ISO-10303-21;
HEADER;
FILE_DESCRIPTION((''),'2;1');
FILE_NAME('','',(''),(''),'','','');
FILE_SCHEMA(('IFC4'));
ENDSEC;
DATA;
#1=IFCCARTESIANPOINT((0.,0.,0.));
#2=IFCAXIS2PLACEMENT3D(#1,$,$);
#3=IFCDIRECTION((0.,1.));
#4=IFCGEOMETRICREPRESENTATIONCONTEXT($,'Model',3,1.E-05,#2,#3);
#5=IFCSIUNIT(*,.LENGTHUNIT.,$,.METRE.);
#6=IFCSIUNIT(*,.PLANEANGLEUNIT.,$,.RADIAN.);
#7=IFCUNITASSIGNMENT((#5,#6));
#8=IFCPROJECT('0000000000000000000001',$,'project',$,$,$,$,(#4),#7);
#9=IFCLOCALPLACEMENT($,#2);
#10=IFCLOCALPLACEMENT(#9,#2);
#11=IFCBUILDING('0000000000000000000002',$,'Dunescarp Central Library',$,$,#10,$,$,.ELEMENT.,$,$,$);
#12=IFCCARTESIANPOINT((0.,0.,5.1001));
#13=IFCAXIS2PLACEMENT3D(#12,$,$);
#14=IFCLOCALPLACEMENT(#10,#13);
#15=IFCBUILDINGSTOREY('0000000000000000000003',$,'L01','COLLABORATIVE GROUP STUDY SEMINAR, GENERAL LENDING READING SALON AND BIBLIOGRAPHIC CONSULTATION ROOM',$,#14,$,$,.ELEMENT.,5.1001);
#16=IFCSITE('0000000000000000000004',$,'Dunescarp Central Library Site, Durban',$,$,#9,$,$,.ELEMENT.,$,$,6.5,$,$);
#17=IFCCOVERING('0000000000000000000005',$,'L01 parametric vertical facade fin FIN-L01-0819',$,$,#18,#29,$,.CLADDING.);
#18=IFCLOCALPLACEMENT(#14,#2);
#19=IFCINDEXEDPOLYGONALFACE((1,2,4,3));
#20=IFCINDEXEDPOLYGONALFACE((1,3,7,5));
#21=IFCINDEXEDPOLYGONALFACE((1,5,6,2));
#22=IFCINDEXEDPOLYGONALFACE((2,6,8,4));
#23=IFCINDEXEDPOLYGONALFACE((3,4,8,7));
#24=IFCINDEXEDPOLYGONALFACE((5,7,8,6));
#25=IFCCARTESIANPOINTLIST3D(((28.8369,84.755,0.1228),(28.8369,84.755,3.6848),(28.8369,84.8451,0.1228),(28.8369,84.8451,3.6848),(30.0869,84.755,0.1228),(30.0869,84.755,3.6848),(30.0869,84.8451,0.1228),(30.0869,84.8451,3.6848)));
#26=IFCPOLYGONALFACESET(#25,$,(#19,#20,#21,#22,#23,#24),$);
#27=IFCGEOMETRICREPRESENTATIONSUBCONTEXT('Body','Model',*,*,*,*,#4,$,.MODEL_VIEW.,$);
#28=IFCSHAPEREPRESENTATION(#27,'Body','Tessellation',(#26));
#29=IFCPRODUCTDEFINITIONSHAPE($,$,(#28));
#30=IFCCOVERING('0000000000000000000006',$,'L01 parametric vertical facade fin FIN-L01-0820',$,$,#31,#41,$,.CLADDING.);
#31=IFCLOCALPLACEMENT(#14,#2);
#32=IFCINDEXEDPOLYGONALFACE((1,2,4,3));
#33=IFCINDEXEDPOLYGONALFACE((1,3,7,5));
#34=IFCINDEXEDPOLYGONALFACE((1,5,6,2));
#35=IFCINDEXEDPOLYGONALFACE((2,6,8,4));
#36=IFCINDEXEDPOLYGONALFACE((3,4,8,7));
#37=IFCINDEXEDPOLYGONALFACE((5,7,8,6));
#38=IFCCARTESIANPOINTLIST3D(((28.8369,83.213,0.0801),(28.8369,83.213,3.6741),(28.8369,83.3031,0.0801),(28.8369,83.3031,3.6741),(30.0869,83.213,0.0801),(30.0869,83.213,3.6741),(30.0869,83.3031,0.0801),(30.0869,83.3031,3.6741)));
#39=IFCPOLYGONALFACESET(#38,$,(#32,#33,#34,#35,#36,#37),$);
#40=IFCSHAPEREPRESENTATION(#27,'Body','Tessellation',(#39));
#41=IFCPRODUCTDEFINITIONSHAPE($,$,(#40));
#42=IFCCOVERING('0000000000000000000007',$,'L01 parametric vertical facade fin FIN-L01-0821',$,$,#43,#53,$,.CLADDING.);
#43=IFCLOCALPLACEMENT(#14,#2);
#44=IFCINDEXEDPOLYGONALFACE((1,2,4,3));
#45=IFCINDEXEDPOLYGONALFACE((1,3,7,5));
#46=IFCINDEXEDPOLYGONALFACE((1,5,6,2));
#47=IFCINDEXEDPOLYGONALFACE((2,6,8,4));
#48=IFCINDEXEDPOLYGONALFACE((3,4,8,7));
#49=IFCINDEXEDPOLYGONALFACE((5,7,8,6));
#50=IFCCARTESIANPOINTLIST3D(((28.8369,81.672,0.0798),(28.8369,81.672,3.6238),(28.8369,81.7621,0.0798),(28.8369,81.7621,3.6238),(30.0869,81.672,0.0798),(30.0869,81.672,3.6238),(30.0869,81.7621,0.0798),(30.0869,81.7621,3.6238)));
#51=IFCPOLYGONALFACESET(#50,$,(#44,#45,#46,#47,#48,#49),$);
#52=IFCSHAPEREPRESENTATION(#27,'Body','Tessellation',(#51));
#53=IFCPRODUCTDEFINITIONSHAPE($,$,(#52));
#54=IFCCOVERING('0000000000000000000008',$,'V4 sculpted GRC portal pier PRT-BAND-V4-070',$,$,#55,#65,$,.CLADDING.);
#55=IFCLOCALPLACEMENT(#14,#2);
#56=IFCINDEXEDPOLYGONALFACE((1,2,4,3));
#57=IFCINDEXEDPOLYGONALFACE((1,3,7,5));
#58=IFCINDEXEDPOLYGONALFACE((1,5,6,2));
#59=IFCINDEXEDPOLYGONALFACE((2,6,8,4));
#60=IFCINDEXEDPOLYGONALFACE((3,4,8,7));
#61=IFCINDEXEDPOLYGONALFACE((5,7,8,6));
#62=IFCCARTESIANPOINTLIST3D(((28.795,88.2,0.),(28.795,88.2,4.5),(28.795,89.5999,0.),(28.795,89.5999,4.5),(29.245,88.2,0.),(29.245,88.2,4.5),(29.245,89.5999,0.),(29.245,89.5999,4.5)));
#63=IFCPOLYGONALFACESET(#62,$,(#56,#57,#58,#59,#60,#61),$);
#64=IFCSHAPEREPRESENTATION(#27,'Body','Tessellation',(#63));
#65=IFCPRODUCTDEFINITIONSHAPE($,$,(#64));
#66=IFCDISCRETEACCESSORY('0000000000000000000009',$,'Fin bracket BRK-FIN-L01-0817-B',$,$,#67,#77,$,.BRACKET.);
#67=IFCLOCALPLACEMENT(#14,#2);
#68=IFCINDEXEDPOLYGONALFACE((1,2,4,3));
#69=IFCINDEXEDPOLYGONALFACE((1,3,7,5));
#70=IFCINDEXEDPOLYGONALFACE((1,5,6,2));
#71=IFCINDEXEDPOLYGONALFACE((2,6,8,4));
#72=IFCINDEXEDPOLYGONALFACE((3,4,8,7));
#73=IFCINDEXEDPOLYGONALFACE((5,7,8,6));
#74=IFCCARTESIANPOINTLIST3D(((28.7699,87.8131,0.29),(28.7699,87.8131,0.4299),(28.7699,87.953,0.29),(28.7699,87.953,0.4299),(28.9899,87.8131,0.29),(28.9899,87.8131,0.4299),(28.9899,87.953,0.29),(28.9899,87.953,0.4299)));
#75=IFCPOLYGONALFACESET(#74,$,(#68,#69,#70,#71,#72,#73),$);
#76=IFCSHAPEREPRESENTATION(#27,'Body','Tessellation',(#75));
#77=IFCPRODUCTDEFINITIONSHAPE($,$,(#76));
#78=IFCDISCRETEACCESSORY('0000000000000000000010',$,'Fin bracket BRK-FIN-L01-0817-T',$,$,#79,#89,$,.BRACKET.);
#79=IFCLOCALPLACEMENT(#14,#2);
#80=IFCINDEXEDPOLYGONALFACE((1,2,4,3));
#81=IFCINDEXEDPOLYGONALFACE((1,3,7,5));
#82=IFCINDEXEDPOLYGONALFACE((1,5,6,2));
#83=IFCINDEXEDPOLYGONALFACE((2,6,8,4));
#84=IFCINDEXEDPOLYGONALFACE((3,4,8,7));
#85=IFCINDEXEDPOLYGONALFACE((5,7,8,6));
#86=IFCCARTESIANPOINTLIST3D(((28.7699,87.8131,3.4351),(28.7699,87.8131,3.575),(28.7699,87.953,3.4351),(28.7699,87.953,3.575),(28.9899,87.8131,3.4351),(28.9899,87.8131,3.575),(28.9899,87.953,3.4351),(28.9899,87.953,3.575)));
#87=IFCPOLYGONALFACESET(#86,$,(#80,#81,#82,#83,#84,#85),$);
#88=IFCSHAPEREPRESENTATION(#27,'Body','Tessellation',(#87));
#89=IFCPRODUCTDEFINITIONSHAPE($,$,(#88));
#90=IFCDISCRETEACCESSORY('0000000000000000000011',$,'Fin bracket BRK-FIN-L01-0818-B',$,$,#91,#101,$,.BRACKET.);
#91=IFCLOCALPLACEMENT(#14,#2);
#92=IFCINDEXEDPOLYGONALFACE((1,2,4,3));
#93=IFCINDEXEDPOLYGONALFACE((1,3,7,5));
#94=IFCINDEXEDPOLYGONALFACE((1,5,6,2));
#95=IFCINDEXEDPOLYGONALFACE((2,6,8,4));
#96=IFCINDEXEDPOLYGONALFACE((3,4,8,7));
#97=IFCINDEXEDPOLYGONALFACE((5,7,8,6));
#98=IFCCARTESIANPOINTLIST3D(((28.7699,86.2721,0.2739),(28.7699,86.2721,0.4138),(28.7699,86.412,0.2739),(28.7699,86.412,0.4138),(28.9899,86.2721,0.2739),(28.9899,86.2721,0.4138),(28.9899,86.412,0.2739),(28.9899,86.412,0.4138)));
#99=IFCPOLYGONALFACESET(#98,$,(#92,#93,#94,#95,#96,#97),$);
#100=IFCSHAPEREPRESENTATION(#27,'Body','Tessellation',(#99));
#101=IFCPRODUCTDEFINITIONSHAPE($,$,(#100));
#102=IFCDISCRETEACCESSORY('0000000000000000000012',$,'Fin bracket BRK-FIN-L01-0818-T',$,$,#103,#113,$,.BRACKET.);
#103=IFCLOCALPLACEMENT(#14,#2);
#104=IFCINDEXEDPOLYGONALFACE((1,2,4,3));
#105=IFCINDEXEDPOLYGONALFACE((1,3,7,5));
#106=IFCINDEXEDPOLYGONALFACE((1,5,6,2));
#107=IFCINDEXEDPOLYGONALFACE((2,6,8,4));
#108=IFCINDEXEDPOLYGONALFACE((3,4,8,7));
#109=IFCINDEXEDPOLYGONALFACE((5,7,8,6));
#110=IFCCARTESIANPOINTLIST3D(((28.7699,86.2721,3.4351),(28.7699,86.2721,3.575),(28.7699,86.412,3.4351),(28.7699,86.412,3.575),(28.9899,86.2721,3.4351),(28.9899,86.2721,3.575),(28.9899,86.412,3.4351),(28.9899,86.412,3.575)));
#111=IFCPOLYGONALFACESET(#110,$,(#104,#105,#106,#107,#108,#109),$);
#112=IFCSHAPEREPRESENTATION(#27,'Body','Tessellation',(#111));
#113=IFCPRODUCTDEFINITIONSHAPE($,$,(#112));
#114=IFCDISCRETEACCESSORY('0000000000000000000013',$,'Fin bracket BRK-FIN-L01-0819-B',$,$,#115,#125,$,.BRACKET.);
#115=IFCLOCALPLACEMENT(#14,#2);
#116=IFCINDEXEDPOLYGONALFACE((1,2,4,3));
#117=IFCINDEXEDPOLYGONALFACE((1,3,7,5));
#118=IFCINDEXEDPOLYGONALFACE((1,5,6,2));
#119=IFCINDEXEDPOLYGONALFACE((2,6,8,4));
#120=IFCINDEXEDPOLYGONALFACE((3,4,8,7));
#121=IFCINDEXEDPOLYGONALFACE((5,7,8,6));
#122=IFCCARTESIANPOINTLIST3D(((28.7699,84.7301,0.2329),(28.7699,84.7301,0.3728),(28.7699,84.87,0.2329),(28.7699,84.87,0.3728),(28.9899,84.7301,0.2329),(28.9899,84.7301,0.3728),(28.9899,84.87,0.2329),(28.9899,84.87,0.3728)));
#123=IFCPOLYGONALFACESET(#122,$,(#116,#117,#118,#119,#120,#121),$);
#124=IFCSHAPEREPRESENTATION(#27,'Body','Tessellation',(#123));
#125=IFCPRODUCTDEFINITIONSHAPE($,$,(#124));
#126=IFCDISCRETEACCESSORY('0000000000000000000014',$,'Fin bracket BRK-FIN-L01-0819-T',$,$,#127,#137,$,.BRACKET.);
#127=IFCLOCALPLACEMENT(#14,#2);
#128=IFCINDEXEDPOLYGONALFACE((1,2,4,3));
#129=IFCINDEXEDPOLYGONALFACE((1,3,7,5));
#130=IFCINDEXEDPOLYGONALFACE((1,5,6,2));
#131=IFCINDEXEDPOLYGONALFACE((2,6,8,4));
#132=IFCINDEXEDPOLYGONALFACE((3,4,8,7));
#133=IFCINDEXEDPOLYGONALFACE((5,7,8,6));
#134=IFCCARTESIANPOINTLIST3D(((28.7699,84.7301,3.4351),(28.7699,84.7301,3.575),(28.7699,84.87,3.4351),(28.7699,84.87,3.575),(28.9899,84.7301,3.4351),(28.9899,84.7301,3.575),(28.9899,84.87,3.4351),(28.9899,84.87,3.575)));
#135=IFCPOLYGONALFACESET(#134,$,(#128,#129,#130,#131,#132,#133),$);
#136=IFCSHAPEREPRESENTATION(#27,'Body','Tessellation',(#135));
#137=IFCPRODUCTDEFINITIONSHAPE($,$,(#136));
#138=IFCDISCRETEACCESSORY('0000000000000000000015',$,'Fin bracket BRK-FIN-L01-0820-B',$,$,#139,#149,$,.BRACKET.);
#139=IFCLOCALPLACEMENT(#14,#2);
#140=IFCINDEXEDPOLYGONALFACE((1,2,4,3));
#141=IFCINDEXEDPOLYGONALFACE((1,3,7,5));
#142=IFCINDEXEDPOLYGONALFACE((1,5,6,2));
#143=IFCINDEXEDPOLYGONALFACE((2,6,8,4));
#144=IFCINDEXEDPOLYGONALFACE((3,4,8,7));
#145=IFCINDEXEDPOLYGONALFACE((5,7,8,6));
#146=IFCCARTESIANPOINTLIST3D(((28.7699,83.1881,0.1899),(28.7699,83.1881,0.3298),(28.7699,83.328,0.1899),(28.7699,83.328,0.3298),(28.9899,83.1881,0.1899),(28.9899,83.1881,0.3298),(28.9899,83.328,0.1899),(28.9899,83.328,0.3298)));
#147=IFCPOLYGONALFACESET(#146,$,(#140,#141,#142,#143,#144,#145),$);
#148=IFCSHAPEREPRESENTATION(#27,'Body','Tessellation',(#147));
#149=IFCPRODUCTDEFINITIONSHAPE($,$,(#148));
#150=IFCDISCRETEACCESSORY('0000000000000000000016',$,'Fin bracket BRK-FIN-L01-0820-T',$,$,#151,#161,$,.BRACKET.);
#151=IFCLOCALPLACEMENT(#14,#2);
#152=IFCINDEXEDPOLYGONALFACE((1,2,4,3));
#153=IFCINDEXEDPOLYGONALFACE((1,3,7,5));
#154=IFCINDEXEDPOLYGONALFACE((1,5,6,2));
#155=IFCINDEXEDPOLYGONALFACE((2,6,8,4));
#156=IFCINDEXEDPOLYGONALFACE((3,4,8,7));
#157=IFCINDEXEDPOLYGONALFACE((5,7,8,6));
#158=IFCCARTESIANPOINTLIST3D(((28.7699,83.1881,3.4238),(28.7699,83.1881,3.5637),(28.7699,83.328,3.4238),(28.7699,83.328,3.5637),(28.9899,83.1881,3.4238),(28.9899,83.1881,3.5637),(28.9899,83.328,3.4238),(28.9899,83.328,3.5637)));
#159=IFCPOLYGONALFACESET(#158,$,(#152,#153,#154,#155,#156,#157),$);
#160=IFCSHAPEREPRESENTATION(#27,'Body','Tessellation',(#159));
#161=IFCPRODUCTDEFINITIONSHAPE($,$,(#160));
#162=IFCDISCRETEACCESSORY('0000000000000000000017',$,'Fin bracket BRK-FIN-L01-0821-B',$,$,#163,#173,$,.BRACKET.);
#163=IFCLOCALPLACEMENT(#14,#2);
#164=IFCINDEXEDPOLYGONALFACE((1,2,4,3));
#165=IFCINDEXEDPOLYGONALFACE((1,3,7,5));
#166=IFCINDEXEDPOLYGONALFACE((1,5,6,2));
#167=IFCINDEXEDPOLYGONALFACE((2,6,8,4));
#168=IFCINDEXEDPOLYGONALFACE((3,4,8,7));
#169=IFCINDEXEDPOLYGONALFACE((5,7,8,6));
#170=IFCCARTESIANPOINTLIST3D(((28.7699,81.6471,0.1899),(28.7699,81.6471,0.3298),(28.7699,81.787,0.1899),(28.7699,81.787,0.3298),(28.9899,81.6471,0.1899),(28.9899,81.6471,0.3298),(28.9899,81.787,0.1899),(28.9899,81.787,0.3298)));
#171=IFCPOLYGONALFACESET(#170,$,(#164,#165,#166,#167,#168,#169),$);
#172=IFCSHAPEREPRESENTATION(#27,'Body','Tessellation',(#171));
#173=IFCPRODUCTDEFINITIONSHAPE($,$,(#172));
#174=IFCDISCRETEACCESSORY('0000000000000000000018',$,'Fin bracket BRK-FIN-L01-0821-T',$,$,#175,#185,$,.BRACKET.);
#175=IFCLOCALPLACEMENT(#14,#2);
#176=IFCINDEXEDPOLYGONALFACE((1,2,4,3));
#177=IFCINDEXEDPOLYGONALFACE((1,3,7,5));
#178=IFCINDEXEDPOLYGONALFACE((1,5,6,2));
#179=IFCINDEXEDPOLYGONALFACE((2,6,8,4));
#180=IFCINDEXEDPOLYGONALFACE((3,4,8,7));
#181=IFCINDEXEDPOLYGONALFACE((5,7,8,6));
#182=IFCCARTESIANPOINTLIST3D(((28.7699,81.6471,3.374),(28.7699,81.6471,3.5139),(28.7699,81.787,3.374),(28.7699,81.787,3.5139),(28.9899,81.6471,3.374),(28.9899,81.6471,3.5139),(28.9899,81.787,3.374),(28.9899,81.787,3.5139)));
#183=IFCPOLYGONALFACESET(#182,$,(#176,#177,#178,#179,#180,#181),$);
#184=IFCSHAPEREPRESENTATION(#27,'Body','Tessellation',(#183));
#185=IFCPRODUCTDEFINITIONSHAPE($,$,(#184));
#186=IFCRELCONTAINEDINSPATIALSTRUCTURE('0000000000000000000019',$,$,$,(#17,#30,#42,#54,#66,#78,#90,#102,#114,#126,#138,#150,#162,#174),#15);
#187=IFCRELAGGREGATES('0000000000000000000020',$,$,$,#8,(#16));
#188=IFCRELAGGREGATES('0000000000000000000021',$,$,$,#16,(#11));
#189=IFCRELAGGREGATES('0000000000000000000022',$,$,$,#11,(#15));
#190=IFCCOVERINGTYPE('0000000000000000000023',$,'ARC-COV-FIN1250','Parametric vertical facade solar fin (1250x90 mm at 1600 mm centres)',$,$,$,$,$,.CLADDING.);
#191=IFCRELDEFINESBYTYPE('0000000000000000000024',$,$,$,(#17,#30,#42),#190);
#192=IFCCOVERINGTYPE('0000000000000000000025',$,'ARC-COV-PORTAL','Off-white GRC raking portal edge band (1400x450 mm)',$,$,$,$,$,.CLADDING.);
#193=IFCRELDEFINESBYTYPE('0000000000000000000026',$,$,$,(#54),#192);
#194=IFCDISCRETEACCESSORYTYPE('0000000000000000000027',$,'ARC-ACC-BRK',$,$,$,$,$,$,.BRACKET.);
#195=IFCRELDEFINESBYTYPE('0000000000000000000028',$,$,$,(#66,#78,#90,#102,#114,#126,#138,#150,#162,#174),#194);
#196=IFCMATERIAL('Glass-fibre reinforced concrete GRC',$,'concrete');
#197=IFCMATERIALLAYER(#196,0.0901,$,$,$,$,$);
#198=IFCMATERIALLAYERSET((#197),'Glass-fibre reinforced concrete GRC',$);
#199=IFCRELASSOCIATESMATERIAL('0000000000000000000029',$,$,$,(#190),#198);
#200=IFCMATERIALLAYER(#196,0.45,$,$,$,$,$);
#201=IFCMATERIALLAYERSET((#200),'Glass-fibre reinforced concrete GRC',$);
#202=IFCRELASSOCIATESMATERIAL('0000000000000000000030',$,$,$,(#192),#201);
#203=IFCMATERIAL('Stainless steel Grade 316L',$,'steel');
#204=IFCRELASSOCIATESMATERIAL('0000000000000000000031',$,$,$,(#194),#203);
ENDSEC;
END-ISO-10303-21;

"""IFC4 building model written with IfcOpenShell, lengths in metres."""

from ifc_helpers import new_model, si_unit, direction, frame, origin, origin_2d, place, context, subcontext, project, spatial, rectangle, extrude, material, layer, layer_set, type_object, element, save


model = new_model("IFC4")

# Units and contexts
model_context = context("Model", 3, precision=1e-05, world=origin(), true_north=direction((0.0, 1.0)))
body_context = subcontext(model_context, "Body", "Model", "MODEL_VIEW")
ifc_project = project(units=[si_unit("LENGTHUNIT", "METRE"), si_unit("PLANEANGLEUNIT", "RADIAN")], contexts=[model_context])

# Site, building, storey
site_placement = place(None, origin())
site = spatial("IfcSite", under=ifc_project, at=site_placement, Name="Dunescarp Central Library Site, Durban", CompositionType="ELEMENT", RefElevation=6.5)
building_placement = place(site_placement, origin())
building = spatial("IfcBuilding", under=site, at=building_placement, Name="Dunescarp Central Library", CompositionType="ELEMENT")
storey_placement = place(building_placement, frame((0.0, 0.0, 5.1001)))
storey = spatial("IfcBuildingStorey", under=building, at=storey_placement, Name="L01", Description="COLLABORATIVE GROUP STUDY SEMINAR, GENERAL LENDING READING SALON AND BIBLIOGRAPHIC CONSULTATION ROOM", CompositionType="ELEMENT", Elevation=5.1001)

# Coverings
ifc_material_1 = material(Name="Glass-fibre reinforced concrete GRC", Category="concrete")
ifc_layer_1 = layer(ifc_material_1, 0.0901)
ifc_layer_set_1 = layer_set([ifc_layer_1], Name="Glass-fibre reinforced concrete GRC")
covering_type_1 = type_object("IfcCoveringType", Name="ARC-COV-FIN1250", Description="Parametric vertical facade solar fin (1250x90 mm at 1600 mm centres)", PredefinedType="CLADDING", material=ifc_layer_set_1)
covering_1_placement = place(storey_placement, frame((29.4619, 84.8, 0.1228), z_axis=(0.0, 0.0, 1.0), x_axis=(1.0, 0.0, 0.0)))
element("IfcCovering", 1, at=covering_1_placement, inside=storey, type_object=covering_type_1, Name="L01 parametric vertical facade fin FIN-L01-0819", PredefinedType="CLADDING", context=body_context, shape_type="SweptSolid", body=[
    extrude(rectangle(XDim=1.25, YDim=0.0901, at=origin_2d()), origin(), (0.0, 0.0, 1.0), 3.562),
])
covering_2_placement = place(storey_placement, frame((29.4619, 83.2581, 0.0801), z_axis=(0.0, 0.0, 1.0), x_axis=(1.0, 0.0, 0.0)))
element("IfcCovering", 2, at=covering_2_placement, inside=storey, type_object=covering_type_1, Name="L01 parametric vertical facade fin FIN-L01-0820", PredefinedType="CLADDING", context=body_context, shape_type="SweptSolid", body=[
    extrude(rectangle(XDim=1.25, YDim=0.0901, at=origin_2d()), origin(), (0.0, 0.0, 1.0), 3.594),
])
covering_3_placement = place(storey_placement, frame((29.4619, 81.717, 0.0798), z_axis=(0.0, 0.0, 1.0), x_axis=(1.0, 0.0, 0.0)))
element("IfcCovering", 3, at=covering_3_placement, inside=storey, type_object=covering_type_1, Name="L01 parametric vertical facade fin FIN-L01-0821", PredefinedType="CLADDING", context=body_context, shape_type="SweptSolid", body=[
    extrude(rectangle(XDim=1.25, YDim=0.0901, at=origin_2d()), origin(), (0.0, 0.0, 1.0), 3.5439),
])
ifc_layer_2 = layer(ifc_material_1, 0.45)
ifc_layer_set_2 = layer_set([ifc_layer_2], Name="Glass-fibre reinforced concrete GRC")
covering_type_2 = type_object("IfcCoveringType", Name="ARC-COV-PORTAL", Description="Off-white GRC raking portal edge band (1400x450 mm)", PredefinedType="CLADDING", material=ifc_layer_set_2)
covering_4_placement = place(storey_placement, frame((29.02, 88.8999, 0.0), z_axis=(0.0, 0.0, 1.0), x_axis=(1.0, 0.0, 0.0)))
element("IfcCovering", 4, at=covering_4_placement, inside=storey, type_object=covering_type_2, Name="V4 sculpted GRC portal pier PRT-BAND-V4-070", PredefinedType="CLADDING", context=body_context, shape_type="SweptSolid", body=[
    extrude(rectangle(XDim=0.45, YDim=1.3999, at=origin_2d()), origin(), (0.0, 0.0, 1.0), 4.5),
])

# Discrete accessories
ifc_material_2 = material(Name="Stainless steel Grade 316L", Category="steel")
discrete_accessory_type = type_object("IfcDiscreteAccessoryType", Name="ARC-ACC-BRK", PredefinedType="BRACKET", material=ifc_material_2)
for number, where, z_axis, x_axis, name in (
    (5, (28.8799, 87.8831, 0.29), (0.0, 0.0, 1.0), (1.0, 0.0, 0.0), "Fin bracket BRK-FIN-L01-0817-B"),
    (6, (28.8799, 87.8831, 3.4351), (0.0, 0.0, 1.0), (1.0, 0.0, 0.0), "Fin bracket BRK-FIN-L01-0817-T"),
    (7, (28.8799, 86.342, 0.2739), (0.0, 0.0, 1.0), (1.0, 0.0, 0.0), "Fin bracket BRK-FIN-L01-0818-B"),
    (8, (28.8799, 86.342, 3.4351), (0.0, 0.0, 1.0), (1.0, 0.0, 0.0), "Fin bracket BRK-FIN-L01-0818-T"),
    (9, (28.8799, 84.8, 0.2329), (0.0, 0.0, 1.0), (1.0, 0.0, 0.0), "Fin bracket BRK-FIN-L01-0819-B"),
    (10, (28.8799, 84.8, 3.4351), (0.0, 0.0, 1.0), (1.0, 0.0, 0.0), "Fin bracket BRK-FIN-L01-0819-T"),
    (11, (28.8799, 83.2581, 0.1899), (0.0, 0.0, 1.0), (1.0, 0.0, 0.0), "Fin bracket BRK-FIN-L01-0820-B"),
    (12, (28.8799, 83.2581, 3.4238), (0.0, 0.0, 1.0), (1.0, 0.0, 0.0), "Fin bracket BRK-FIN-L01-0820-T"),
    (13, (28.8799, 81.717, 0.1899), (0.0, 0.0, 1.0), (1.0, 0.0, 0.0), "Fin bracket BRK-FIN-L01-0821-B"),
    (14, (28.8799, 81.717, 3.374), (0.0, 0.0, 1.0), (1.0, 0.0, 0.0), "Fin bracket BRK-FIN-L01-0821-T"),
):
    element("IfcDiscreteAccessory", number, at=place(storey_placement, frame(where, z_axis=z_axis, x_axis=x_axis)), inside=storey, type_object=discrete_accessory_type, Name=name, PredefinedType="BRACKET", context=body_context, shape_type="SweptSolid", body=[
        extrude(rectangle(XDim=0.22, YDim=0.1399, at=origin_2d()), origin(), (0.0, 0.0, 1.0), 0.1399),
    ])

save(model, "model.ifc")
